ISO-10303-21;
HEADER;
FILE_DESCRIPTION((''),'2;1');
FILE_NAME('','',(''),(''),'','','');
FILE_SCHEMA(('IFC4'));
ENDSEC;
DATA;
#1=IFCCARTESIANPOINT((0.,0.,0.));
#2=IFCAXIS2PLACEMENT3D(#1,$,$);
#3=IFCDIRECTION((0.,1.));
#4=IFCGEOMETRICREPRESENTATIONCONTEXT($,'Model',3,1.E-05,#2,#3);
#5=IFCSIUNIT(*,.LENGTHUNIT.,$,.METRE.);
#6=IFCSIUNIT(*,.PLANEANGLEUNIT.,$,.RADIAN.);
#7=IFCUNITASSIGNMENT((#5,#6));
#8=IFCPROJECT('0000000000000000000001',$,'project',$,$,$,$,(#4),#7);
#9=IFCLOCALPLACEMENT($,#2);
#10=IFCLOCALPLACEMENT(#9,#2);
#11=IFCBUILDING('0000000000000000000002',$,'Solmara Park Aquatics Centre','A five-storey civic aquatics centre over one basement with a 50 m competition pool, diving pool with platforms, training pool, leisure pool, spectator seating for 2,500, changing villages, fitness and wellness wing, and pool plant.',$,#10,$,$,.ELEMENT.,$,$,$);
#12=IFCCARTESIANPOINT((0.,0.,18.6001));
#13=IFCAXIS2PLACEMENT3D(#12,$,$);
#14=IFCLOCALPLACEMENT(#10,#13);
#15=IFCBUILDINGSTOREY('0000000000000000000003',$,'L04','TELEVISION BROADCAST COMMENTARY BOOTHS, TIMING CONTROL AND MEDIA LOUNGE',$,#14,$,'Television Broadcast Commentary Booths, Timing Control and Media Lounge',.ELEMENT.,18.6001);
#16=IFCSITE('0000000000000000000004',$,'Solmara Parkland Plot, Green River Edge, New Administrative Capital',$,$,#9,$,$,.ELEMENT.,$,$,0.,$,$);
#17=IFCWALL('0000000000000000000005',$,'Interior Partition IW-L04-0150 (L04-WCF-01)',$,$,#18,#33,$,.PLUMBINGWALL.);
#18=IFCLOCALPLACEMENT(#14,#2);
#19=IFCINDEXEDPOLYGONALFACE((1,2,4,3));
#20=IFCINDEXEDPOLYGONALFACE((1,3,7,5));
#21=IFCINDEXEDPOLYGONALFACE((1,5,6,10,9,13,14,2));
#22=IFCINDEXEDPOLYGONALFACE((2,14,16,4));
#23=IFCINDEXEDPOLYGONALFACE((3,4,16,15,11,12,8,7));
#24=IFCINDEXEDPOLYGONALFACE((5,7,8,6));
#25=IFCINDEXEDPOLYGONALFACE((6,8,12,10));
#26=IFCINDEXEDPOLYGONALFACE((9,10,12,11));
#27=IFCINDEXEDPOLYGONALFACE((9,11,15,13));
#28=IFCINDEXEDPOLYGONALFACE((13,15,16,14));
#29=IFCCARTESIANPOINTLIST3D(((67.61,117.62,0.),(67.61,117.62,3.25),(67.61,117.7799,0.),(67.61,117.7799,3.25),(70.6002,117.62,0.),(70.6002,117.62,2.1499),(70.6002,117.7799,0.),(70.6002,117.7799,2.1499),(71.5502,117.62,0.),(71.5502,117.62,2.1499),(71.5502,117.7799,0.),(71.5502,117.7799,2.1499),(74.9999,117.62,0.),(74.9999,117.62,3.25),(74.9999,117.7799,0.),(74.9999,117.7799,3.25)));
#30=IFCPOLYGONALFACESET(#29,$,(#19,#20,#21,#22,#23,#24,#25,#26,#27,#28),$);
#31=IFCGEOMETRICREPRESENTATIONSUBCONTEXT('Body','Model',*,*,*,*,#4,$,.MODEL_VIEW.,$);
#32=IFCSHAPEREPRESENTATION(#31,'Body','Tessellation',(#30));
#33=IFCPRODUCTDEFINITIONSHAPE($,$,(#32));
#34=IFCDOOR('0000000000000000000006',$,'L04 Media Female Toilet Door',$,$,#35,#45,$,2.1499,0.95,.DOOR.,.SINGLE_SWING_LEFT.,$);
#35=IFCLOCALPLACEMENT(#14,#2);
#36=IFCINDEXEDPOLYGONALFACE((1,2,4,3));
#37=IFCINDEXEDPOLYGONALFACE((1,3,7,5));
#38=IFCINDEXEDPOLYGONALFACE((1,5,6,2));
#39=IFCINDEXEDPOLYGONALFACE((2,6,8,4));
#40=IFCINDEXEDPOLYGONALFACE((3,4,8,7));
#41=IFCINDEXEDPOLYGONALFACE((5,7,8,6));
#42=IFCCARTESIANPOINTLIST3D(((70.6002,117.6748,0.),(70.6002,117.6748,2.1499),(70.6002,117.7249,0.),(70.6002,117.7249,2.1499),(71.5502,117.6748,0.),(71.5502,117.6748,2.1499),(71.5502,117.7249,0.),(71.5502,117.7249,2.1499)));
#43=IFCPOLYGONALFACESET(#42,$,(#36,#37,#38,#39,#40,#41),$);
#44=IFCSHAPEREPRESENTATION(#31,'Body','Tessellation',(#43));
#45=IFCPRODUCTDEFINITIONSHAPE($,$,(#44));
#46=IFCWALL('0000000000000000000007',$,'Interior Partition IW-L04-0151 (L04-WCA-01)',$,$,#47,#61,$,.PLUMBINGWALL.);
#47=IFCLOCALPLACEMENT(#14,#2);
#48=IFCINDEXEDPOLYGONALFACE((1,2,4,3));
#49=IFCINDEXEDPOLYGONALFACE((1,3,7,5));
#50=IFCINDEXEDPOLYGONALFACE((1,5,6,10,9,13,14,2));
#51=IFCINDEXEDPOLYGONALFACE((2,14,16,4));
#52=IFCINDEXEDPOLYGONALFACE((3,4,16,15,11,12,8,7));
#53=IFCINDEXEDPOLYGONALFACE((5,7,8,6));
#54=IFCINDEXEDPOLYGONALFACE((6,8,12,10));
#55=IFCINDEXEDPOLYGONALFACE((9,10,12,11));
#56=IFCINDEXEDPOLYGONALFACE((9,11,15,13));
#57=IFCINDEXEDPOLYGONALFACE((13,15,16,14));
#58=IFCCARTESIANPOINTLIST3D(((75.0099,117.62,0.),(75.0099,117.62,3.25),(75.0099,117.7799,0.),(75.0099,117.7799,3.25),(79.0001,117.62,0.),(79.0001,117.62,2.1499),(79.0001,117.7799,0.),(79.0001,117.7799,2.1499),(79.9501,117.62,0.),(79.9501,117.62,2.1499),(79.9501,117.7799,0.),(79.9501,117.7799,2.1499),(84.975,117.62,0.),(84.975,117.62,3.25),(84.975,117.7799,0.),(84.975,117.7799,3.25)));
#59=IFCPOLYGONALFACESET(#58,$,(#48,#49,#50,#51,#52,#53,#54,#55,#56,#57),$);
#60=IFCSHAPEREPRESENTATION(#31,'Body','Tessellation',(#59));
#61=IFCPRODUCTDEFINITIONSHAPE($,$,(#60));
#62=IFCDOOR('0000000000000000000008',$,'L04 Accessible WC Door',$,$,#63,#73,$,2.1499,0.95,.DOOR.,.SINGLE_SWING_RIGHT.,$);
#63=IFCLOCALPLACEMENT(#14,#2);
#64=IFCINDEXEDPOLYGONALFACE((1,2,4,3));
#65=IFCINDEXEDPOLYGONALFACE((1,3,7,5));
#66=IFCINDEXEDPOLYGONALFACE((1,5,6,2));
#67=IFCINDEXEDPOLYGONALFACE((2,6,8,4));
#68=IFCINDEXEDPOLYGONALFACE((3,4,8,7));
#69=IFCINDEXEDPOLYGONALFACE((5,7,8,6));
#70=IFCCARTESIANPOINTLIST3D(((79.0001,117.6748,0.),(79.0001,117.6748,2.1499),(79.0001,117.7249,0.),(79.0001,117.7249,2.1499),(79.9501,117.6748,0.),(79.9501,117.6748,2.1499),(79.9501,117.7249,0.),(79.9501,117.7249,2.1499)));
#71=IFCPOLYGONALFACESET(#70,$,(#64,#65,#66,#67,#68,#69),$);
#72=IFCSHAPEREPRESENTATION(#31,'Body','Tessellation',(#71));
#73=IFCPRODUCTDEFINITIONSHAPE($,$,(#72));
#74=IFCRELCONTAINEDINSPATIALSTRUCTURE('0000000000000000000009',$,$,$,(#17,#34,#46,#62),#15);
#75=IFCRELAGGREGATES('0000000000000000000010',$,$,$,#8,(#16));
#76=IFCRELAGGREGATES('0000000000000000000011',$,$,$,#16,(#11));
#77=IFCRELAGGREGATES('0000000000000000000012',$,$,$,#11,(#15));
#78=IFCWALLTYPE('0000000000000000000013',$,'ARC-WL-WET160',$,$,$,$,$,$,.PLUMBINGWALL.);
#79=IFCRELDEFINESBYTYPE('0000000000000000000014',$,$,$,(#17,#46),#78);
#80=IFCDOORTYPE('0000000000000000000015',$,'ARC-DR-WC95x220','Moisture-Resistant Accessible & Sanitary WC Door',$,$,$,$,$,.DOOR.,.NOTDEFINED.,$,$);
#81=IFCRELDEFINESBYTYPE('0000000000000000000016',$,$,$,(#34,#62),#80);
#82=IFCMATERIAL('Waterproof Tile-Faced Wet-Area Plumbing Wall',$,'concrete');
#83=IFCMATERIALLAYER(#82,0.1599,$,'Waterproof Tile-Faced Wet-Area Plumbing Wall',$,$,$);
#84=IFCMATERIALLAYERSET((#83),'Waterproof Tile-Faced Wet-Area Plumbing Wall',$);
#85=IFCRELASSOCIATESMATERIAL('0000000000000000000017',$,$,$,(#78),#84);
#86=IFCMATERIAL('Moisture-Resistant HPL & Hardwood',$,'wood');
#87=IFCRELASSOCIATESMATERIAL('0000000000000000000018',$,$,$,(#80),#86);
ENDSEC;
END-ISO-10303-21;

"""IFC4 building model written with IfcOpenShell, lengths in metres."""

from ifc_helpers import new_model, si_unit, direction, frame, frame_2d, origin, place, context, subcontext, project, spatial, rectangle, extrude, material, layer, layer_set, type_object, element, fill, save


model = new_model("IFC4")

# Units and contexts
model_context = context("Model", 3, precision=1e-05, world=origin(), true_north=direction((0.0, 1.0)))
body_context = subcontext(model_context, "Body", "Model", "MODEL_VIEW")
ifc_project = project(units=[si_unit("LENGTHUNIT", "METRE"), si_unit("PLANEANGLEUNIT", "RADIAN")], contexts=[model_context])

# Site, building, storey
site_placement = place(None, origin())
site = spatial("IfcSite", under=ifc_project, at=site_placement, Name="Solmara Parkland Plot, Green River Edge, New Administrative Capital", CompositionType="ELEMENT", RefElevation=0.0)
building_placement = place(site_placement, origin())
building = spatial("IfcBuilding", under=site, at=building_placement, Name="Solmara Park Aquatics Centre", Description="A five-storey civic aquatics centre over one basement with a 50 m competition pool, diving pool with platforms, training pool, leisure pool, spectator seating for 2,500, changing villages, fitness and wellness wing, and pool plant.", CompositionType="ELEMENT")
storey_placement = place(building_placement, frame((0.0, 0.0, 18.6001)))
storey = spatial("IfcBuildingStorey", under=building, at=storey_placement, Name="L04", Description="TELEVISION BROADCAST COMMENTARY BOOTHS, TIMING CONTROL AND MEDIA LOUNGE", LongName="Television Broadcast Commentary Booths, Timing Control and Media Lounge", CompositionType="ELEMENT", Elevation=18.6001)

# Walls, openings, doors
ifc_material_1 = material(Name="Waterproof Tile-Faced Wet-Area Plumbing Wall", Category="concrete")
ifc_layer_1 = layer(ifc_material_1, 0.1599, Name="Waterproof Tile-Faced Wet-Area Plumbing Wall")
ifc_layer_set_1 = layer_set([ifc_layer_1], Name="Waterproof Tile-Faced Wet-Area Plumbing Wall")
wall_type_1 = type_object("IfcWallType", Name="ARC-WL-WET160", PredefinedType="PLUMBINGWALL", material=ifc_layer_set_1)
wall_1_placement = place(storey_placement, frame((67.6101, 117.7, 0.0), z_axis=(0.0, 0.0, 1.0), x_axis=(1.0, 0.0, 0.0)))
wall_1 = element("IfcWall", 1, at=wall_1_placement, inside=storey, type_object=wall_type_1, Name="Interior Partition IW-L04-0150 (L04-WCF-01)", PredefinedType="PLUMBINGWALL", context=body_context, shape_type="SweptSolid", body=[
    extrude(rectangle(XDim=7.3899, YDim=0.1599, at=frame_2d((3.6948, 0.0))), origin(), (0.0, 0.0, 1.0), 3.25),
])
opening_1_placement = place(wall_1_placement, frame((2.99, 0.0, 0.0)))
opening_1 = element("IfcOpeningElement", 2, at=opening_1_placement, cuts=wall_1, PredefinedType="OPENING", context=body_context, shape_type="SweptSolid", body=[
    extrude(rectangle(XDim=0.95, YDim=2.1499, at=frame_2d((0.4751, 1.075))), frame((0.0, 0.0898, 0.0), z_axis=(0.0, -1.0, 0.0), x_axis=(1.0, 0.0, 0.0)), (0.0, 0.0, 1.0), 0.1799),
])
ifc_material_2 = material(Name="Moisture-Resistant HPL & Hardwood", Category="wood")
door_type = type_object("IfcDoorType", Name="ARC-DR-WC95x220", Description="Moisture-Resistant Accessible & Sanitary WC Door", OperationType="NOTDEFINED", PredefinedType="DOOR", material=ifc_material_2)
door_1_placement = place(opening_1_placement, origin())
door_1 = element("IfcDoor", 3, at=door_1_placement, inside=storey, type_object=door_type, Name="L04 Media Female Toilet Door", OperationType="SINGLE_SWING_LEFT", OverallHeight=2.1499, OverallWidth=0.95, PredefinedType="DOOR", context=body_context, shape_type="SweptSolid", body=[
    extrude(rectangle(XDim=0.95, YDim=2.1499, at=frame_2d((0.4751, 1.075))), frame((0.0, 0.0249, 0.0), z_axis=(0.0, -1.0, 0.0), x_axis=(1.0, 0.0, 0.0)), (0.0, 0.0, 1.0), 0.05),
])
fill(opening_1, door_1)
wall_2_placement = place(storey_placement, frame((75.01, 117.7, 0.0), z_axis=(0.0, 0.0, 1.0), x_axis=(1.0, 0.0, 0.0)))
wall_2 = element("IfcWall", 4, at=wall_2_placement, inside=storey, type_object=wall_type_1, Name="Interior Partition IW-L04-0151 (L04-WCA-01)", PredefinedType="PLUMBINGWALL", context=body_context, shape_type="SweptSolid", body=[
    extrude(rectangle(XDim=9.9651, YDim=0.1599, at=frame_2d((4.9824, 0.0))), origin(), (0.0, 0.0, 1.0), 3.25),
])
opening_2_placement = place(wall_2_placement, frame((3.99, 0.0, 0.0)))
opening_2 = element("IfcOpeningElement", 5, at=opening_2_placement, cuts=wall_2, PredefinedType="OPENING", context=body_context, shape_type="SweptSolid", body=[
    extrude(rectangle(XDim=0.95, YDim=2.1499, at=frame_2d((0.4751, 1.075))), frame((0.0, 0.0898, 0.0), z_axis=(0.0, -1.0, 0.0), x_axis=(1.0, 0.0, 0.0)), (0.0, 0.0, 1.0), 0.1799),
])
door_2_placement = place(opening_2_placement, origin())
door_2 = element("IfcDoor", 6, at=door_2_placement, inside=storey, type_object=door_type, Name="L04 Accessible WC Door", OperationType="SINGLE_SWING_RIGHT", OverallHeight=2.1499, OverallWidth=0.95, PredefinedType="DOOR", context=body_context, shape_type="SweptSolid", body=[
    extrude(rectangle(XDim=0.95, YDim=2.1499, at=frame_2d((0.4751, 1.075))), frame((0.0, 0.0249, 0.0), z_axis=(0.0, -1.0, 0.0), x_axis=(1.0, 0.0, 0.0)), (0.0, 0.0, 1.0), 0.05),
])
fill(opening_2, door_2)

save(model, "model.ifc")
